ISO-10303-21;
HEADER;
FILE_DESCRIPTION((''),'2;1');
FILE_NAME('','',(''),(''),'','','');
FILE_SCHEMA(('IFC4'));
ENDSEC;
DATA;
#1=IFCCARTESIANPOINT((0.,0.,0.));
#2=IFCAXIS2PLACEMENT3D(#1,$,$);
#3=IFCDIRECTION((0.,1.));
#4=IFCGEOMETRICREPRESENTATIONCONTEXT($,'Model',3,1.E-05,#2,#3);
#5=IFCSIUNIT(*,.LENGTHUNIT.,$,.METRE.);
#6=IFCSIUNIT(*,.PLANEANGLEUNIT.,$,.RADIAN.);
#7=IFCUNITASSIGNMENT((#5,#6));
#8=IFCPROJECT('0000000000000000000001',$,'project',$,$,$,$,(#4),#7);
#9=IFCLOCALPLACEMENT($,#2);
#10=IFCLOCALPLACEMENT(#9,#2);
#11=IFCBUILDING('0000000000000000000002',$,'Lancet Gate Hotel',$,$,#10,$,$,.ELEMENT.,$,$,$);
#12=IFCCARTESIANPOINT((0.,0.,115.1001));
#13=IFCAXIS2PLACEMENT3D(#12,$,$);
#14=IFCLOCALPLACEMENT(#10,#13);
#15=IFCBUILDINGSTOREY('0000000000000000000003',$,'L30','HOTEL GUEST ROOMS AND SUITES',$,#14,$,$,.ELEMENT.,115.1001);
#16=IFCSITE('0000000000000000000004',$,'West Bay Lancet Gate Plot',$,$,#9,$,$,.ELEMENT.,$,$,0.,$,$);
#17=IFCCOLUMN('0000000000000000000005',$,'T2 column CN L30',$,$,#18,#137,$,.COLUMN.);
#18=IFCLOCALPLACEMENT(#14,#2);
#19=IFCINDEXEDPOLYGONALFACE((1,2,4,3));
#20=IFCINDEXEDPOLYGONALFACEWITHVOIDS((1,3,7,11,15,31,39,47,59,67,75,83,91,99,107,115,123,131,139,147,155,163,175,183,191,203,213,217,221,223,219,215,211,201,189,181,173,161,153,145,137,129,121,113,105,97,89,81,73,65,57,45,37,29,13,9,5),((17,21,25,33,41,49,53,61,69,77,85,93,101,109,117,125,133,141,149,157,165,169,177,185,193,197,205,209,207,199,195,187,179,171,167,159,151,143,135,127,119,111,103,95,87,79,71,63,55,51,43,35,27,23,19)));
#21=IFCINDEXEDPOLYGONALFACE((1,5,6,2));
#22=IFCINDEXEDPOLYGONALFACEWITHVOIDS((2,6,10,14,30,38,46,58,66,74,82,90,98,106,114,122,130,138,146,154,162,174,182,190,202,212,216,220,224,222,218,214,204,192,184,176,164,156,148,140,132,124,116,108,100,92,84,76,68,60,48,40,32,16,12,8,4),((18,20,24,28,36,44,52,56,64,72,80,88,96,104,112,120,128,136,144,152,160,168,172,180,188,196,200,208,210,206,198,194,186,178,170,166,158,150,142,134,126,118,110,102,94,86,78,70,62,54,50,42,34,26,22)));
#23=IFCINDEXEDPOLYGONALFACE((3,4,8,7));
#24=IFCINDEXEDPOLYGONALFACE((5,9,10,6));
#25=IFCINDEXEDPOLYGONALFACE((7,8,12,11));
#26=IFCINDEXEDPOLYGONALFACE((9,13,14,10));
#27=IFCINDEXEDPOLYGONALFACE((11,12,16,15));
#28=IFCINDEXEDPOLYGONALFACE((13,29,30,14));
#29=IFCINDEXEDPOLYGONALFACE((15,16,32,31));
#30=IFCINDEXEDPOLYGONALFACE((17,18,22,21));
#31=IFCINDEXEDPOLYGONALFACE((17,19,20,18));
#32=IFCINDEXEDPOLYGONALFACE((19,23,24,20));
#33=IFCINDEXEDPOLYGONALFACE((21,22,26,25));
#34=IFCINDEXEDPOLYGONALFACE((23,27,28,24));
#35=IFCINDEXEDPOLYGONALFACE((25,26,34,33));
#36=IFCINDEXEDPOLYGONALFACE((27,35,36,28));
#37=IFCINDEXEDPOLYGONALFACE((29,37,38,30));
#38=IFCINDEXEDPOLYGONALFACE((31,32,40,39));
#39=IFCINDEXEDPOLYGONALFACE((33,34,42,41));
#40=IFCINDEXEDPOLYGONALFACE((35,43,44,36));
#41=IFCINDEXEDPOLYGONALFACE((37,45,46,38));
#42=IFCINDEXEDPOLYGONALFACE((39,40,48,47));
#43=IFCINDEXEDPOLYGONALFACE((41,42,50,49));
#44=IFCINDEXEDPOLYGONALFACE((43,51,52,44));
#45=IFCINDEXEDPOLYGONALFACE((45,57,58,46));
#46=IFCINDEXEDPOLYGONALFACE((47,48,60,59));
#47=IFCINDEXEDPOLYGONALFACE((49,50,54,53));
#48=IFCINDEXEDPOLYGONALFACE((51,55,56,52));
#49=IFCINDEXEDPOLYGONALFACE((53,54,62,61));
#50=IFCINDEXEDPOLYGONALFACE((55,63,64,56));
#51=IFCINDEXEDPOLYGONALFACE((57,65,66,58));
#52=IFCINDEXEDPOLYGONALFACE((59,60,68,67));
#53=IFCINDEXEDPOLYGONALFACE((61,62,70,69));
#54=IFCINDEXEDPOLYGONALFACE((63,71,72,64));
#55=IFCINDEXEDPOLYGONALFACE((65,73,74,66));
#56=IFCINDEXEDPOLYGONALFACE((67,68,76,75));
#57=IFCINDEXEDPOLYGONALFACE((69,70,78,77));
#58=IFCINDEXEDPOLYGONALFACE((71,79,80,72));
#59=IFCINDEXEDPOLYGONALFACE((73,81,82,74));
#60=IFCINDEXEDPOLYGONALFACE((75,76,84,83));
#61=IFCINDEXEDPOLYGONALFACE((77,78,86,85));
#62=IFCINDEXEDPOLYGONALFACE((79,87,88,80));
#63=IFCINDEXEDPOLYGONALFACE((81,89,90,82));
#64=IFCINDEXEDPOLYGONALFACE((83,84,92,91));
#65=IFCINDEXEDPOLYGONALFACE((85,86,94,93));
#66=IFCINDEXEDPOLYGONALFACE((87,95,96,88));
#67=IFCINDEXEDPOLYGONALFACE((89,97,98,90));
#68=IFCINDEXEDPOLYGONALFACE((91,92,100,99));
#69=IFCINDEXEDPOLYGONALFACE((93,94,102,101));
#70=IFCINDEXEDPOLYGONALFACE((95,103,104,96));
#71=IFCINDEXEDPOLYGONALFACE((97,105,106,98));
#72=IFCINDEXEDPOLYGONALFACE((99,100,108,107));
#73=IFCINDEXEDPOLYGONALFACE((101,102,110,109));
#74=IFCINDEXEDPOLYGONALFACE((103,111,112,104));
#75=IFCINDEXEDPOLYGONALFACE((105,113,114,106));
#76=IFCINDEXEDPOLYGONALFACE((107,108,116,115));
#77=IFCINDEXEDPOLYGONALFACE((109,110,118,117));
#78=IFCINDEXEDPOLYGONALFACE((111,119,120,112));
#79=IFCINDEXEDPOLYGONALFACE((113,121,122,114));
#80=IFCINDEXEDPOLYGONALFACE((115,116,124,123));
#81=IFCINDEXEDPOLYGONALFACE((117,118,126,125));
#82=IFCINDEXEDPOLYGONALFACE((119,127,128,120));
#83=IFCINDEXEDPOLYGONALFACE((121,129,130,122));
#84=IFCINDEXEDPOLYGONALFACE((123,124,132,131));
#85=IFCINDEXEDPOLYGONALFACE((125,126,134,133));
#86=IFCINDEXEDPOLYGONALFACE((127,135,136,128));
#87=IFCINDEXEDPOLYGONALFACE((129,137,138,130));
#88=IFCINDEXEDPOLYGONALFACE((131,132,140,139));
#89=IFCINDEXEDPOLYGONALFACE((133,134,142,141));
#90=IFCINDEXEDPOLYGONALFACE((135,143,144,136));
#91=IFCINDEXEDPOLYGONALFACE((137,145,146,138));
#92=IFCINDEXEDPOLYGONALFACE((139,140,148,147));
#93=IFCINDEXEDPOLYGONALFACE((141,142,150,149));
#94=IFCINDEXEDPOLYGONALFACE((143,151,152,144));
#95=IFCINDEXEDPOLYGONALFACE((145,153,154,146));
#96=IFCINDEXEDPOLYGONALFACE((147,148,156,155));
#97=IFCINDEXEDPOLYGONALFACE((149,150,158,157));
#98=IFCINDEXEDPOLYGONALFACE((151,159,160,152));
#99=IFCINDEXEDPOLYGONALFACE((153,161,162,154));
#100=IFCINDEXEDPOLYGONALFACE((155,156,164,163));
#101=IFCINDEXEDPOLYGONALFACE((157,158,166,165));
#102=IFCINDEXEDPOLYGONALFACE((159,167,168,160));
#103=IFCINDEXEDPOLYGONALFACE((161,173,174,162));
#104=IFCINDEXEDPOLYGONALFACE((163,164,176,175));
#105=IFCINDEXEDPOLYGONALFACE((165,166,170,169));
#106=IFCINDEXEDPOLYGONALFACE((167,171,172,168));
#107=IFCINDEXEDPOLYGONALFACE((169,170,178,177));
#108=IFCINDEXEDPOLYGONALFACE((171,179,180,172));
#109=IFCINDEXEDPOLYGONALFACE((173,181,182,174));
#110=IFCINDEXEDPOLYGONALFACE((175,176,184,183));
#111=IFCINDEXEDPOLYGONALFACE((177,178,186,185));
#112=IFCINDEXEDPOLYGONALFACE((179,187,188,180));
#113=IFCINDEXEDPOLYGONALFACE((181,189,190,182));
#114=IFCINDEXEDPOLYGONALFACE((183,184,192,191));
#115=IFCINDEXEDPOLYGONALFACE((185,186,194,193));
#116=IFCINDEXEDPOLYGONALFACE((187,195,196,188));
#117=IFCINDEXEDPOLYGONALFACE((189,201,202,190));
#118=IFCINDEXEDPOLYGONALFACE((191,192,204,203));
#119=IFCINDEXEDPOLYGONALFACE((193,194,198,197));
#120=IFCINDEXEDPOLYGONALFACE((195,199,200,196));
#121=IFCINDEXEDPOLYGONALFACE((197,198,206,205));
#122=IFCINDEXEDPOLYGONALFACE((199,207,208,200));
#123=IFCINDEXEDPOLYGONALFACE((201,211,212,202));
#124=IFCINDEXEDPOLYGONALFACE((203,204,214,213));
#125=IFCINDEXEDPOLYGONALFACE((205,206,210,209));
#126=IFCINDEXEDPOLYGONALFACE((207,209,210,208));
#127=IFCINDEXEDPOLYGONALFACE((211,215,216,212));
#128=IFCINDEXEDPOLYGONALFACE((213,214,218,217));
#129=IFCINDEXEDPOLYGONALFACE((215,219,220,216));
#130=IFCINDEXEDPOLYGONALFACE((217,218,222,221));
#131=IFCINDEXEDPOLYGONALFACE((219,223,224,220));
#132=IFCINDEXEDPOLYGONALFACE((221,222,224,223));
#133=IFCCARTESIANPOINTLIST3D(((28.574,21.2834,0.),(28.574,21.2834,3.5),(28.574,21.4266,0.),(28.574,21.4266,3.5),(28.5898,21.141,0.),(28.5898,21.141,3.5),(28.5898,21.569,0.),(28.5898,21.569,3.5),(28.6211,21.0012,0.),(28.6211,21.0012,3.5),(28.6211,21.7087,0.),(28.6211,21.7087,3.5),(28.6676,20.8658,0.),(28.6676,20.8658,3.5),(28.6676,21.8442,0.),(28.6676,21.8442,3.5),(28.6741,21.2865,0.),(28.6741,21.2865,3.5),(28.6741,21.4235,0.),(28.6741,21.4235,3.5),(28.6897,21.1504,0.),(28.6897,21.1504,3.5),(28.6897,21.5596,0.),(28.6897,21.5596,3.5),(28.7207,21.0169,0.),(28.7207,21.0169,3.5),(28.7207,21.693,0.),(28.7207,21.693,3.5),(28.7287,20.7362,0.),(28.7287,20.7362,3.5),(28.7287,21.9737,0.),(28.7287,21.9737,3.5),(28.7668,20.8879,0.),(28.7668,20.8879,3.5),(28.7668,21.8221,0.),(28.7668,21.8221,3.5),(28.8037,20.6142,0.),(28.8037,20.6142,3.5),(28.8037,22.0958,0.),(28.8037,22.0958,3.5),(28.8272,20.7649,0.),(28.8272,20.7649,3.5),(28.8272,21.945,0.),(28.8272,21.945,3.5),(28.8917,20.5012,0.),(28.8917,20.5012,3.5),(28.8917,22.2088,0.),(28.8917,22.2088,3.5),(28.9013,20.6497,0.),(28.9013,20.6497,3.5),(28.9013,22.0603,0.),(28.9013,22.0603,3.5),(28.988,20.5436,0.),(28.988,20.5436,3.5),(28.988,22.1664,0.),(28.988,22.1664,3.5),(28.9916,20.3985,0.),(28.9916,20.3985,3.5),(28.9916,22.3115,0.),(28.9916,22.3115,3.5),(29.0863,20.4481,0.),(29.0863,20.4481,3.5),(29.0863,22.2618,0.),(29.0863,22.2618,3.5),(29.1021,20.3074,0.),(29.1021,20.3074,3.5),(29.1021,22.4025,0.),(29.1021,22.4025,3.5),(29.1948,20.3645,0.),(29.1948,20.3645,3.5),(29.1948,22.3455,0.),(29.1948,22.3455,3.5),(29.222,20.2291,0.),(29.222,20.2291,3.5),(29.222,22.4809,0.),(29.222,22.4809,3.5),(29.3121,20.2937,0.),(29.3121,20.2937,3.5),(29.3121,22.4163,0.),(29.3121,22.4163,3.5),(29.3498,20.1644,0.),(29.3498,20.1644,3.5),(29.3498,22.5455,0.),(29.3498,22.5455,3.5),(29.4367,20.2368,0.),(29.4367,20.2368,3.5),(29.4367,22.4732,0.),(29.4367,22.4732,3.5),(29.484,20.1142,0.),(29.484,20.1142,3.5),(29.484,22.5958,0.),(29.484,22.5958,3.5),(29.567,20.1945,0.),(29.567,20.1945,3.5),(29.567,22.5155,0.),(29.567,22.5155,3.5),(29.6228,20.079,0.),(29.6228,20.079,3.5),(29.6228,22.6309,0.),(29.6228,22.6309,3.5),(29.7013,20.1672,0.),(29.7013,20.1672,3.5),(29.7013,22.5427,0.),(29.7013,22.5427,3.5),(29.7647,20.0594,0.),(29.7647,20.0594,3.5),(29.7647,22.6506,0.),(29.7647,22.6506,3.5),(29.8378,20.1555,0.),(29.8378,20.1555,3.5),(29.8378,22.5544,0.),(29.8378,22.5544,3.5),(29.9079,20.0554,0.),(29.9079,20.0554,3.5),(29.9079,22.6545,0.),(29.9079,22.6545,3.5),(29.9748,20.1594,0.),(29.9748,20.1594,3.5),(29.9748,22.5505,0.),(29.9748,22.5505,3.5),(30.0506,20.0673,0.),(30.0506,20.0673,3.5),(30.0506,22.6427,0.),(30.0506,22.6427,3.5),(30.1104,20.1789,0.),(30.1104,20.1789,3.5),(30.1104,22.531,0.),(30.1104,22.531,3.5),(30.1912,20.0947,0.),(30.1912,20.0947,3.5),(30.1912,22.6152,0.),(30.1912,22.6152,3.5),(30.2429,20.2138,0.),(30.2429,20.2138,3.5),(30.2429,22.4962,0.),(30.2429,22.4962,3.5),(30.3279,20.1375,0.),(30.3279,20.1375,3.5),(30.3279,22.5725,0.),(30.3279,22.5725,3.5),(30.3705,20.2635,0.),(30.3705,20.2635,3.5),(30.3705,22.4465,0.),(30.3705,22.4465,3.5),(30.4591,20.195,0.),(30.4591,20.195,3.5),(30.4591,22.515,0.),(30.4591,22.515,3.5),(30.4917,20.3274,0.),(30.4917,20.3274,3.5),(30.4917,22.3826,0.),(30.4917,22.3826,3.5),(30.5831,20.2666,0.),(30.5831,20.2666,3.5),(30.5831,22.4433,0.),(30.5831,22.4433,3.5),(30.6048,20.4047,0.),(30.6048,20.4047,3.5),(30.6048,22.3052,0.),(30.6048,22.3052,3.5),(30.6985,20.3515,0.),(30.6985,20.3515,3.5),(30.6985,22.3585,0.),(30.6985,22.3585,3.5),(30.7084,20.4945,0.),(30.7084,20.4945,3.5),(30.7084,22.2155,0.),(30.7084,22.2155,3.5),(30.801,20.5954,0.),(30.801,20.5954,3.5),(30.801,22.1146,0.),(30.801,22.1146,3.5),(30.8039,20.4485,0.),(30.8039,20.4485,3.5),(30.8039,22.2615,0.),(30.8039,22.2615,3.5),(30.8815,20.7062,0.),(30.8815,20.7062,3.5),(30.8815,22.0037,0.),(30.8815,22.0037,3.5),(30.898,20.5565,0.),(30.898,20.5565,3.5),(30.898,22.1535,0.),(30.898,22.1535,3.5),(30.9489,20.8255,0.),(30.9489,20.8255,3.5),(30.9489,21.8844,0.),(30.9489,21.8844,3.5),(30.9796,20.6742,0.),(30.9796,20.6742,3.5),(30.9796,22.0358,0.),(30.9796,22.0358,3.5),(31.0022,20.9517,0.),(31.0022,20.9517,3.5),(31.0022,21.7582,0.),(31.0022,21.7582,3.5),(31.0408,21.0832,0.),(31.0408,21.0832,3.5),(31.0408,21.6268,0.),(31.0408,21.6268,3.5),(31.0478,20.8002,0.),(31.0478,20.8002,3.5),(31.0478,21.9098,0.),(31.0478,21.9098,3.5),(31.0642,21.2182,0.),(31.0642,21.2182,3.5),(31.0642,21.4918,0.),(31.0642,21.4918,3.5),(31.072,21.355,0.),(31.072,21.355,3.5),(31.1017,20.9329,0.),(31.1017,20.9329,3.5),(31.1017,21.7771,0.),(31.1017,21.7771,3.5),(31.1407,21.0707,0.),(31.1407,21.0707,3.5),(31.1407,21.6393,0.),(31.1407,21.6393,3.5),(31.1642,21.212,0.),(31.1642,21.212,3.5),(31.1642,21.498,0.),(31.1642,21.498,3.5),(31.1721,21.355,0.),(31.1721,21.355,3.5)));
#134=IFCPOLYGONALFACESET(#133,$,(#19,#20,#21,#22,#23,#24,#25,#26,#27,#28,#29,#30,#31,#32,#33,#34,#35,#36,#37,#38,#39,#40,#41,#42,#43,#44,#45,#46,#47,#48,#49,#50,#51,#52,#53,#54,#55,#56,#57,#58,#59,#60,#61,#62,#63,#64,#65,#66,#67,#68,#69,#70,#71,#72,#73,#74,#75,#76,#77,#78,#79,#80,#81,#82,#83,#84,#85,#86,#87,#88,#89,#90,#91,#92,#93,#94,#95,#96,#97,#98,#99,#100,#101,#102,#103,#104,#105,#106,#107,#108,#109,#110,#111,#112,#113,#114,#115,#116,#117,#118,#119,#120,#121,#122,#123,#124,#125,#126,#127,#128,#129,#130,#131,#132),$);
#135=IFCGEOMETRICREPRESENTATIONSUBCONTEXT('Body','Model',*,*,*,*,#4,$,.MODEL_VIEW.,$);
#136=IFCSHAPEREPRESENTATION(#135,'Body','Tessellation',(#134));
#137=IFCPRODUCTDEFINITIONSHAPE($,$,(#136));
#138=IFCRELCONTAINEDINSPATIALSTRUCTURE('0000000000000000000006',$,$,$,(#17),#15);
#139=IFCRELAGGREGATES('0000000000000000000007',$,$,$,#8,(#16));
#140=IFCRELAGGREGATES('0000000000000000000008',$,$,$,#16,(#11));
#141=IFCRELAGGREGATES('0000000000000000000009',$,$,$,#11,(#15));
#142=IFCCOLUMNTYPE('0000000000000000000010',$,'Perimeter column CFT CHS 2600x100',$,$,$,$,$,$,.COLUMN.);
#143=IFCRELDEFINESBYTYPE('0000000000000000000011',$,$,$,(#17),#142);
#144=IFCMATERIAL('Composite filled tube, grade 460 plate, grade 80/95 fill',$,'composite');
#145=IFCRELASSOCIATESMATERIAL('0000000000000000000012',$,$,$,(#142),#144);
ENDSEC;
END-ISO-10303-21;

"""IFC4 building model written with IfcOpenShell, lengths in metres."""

from ifc_helpers import new_model, si_unit, direction, frame, origin, origin_2d, place, context, subcontext, project, spatial, hollow_circle, extrude, material, material_profile, profile_set, type_object, element, save


model = new_model("IFC4")

# Units and contexts
model_context = context("Model", 3, precision=1e-05, world=origin(), true_north=direction((0.0, 1.0)))
body_context = subcontext(model_context, "Body", "Model", "MODEL_VIEW")
ifc_project = project(units=[si_unit("LENGTHUNIT", "METRE"), si_unit("PLANEANGLEUNIT", "RADIAN")], contexts=[model_context])

# Site, building, storey
site_placement = place(None, origin())
site = spatial("IfcSite", under=ifc_project, at=site_placement, Name="West Bay Lancet Gate Plot", CompositionType="ELEMENT", RefElevation=0.0)
building_placement = place(site_placement, origin())
building = spatial("IfcBuilding", under=site, at=building_placement, Name="Lancet Gate Hotel", CompositionType="ELEMENT")
storey_placement = place(building_placement, frame((0.0, 0.0, 115.1001)))
storey = spatial("IfcBuildingStorey", under=building, at=storey_placement, Name="L30", Description="HOTEL GUEST ROOMS AND SUITES", CompositionType="ELEMENT", Elevation=115.1001)

# Column
ifc_material_1 = material(Name="Composite filled tube, grade 460 plate, grade 80/95 fill", Category="composite")
ifc_material_profile_1 = material_profile(ifc_material_1, hollow_circle(Radius=1.3, WallThickness=0.1001, at=origin_2d()), Name="CHS 2600x100")
ifc_profile_set_1 = profile_set([ifc_material_profile_1], Name="Composite filled tube, grade 460 plate, grade 80/95 fill")
column_type = type_object("IfcColumnType", Name="Perimeter column CFT CHS 2600x100", PredefinedType="COLUMN", material=ifc_profile_set_1)
for number, where, z_axis, x_axis, name in (
    (1, (29.8721, 21.355, 0.0), (0.0, 0.0, 1.0), (1.0, 0.0, 0.0), "T2 column CN L30"),
):
    element("IfcColumn", number, at=place(storey_placement, frame(where, z_axis=z_axis, x_axis=x_axis)), inside=storey, type_object=column_type, Name=name, PredefinedType="COLUMN", context=body_context, shape_type="SweptSolid", body=[
        extrude(hollow_circle(Radius=1.3, WallThickness=0.1001, at=origin_2d()), origin(), (0.0, 0.0, 1.0), 3.5),
    ])

save(model, "model.ifc")
